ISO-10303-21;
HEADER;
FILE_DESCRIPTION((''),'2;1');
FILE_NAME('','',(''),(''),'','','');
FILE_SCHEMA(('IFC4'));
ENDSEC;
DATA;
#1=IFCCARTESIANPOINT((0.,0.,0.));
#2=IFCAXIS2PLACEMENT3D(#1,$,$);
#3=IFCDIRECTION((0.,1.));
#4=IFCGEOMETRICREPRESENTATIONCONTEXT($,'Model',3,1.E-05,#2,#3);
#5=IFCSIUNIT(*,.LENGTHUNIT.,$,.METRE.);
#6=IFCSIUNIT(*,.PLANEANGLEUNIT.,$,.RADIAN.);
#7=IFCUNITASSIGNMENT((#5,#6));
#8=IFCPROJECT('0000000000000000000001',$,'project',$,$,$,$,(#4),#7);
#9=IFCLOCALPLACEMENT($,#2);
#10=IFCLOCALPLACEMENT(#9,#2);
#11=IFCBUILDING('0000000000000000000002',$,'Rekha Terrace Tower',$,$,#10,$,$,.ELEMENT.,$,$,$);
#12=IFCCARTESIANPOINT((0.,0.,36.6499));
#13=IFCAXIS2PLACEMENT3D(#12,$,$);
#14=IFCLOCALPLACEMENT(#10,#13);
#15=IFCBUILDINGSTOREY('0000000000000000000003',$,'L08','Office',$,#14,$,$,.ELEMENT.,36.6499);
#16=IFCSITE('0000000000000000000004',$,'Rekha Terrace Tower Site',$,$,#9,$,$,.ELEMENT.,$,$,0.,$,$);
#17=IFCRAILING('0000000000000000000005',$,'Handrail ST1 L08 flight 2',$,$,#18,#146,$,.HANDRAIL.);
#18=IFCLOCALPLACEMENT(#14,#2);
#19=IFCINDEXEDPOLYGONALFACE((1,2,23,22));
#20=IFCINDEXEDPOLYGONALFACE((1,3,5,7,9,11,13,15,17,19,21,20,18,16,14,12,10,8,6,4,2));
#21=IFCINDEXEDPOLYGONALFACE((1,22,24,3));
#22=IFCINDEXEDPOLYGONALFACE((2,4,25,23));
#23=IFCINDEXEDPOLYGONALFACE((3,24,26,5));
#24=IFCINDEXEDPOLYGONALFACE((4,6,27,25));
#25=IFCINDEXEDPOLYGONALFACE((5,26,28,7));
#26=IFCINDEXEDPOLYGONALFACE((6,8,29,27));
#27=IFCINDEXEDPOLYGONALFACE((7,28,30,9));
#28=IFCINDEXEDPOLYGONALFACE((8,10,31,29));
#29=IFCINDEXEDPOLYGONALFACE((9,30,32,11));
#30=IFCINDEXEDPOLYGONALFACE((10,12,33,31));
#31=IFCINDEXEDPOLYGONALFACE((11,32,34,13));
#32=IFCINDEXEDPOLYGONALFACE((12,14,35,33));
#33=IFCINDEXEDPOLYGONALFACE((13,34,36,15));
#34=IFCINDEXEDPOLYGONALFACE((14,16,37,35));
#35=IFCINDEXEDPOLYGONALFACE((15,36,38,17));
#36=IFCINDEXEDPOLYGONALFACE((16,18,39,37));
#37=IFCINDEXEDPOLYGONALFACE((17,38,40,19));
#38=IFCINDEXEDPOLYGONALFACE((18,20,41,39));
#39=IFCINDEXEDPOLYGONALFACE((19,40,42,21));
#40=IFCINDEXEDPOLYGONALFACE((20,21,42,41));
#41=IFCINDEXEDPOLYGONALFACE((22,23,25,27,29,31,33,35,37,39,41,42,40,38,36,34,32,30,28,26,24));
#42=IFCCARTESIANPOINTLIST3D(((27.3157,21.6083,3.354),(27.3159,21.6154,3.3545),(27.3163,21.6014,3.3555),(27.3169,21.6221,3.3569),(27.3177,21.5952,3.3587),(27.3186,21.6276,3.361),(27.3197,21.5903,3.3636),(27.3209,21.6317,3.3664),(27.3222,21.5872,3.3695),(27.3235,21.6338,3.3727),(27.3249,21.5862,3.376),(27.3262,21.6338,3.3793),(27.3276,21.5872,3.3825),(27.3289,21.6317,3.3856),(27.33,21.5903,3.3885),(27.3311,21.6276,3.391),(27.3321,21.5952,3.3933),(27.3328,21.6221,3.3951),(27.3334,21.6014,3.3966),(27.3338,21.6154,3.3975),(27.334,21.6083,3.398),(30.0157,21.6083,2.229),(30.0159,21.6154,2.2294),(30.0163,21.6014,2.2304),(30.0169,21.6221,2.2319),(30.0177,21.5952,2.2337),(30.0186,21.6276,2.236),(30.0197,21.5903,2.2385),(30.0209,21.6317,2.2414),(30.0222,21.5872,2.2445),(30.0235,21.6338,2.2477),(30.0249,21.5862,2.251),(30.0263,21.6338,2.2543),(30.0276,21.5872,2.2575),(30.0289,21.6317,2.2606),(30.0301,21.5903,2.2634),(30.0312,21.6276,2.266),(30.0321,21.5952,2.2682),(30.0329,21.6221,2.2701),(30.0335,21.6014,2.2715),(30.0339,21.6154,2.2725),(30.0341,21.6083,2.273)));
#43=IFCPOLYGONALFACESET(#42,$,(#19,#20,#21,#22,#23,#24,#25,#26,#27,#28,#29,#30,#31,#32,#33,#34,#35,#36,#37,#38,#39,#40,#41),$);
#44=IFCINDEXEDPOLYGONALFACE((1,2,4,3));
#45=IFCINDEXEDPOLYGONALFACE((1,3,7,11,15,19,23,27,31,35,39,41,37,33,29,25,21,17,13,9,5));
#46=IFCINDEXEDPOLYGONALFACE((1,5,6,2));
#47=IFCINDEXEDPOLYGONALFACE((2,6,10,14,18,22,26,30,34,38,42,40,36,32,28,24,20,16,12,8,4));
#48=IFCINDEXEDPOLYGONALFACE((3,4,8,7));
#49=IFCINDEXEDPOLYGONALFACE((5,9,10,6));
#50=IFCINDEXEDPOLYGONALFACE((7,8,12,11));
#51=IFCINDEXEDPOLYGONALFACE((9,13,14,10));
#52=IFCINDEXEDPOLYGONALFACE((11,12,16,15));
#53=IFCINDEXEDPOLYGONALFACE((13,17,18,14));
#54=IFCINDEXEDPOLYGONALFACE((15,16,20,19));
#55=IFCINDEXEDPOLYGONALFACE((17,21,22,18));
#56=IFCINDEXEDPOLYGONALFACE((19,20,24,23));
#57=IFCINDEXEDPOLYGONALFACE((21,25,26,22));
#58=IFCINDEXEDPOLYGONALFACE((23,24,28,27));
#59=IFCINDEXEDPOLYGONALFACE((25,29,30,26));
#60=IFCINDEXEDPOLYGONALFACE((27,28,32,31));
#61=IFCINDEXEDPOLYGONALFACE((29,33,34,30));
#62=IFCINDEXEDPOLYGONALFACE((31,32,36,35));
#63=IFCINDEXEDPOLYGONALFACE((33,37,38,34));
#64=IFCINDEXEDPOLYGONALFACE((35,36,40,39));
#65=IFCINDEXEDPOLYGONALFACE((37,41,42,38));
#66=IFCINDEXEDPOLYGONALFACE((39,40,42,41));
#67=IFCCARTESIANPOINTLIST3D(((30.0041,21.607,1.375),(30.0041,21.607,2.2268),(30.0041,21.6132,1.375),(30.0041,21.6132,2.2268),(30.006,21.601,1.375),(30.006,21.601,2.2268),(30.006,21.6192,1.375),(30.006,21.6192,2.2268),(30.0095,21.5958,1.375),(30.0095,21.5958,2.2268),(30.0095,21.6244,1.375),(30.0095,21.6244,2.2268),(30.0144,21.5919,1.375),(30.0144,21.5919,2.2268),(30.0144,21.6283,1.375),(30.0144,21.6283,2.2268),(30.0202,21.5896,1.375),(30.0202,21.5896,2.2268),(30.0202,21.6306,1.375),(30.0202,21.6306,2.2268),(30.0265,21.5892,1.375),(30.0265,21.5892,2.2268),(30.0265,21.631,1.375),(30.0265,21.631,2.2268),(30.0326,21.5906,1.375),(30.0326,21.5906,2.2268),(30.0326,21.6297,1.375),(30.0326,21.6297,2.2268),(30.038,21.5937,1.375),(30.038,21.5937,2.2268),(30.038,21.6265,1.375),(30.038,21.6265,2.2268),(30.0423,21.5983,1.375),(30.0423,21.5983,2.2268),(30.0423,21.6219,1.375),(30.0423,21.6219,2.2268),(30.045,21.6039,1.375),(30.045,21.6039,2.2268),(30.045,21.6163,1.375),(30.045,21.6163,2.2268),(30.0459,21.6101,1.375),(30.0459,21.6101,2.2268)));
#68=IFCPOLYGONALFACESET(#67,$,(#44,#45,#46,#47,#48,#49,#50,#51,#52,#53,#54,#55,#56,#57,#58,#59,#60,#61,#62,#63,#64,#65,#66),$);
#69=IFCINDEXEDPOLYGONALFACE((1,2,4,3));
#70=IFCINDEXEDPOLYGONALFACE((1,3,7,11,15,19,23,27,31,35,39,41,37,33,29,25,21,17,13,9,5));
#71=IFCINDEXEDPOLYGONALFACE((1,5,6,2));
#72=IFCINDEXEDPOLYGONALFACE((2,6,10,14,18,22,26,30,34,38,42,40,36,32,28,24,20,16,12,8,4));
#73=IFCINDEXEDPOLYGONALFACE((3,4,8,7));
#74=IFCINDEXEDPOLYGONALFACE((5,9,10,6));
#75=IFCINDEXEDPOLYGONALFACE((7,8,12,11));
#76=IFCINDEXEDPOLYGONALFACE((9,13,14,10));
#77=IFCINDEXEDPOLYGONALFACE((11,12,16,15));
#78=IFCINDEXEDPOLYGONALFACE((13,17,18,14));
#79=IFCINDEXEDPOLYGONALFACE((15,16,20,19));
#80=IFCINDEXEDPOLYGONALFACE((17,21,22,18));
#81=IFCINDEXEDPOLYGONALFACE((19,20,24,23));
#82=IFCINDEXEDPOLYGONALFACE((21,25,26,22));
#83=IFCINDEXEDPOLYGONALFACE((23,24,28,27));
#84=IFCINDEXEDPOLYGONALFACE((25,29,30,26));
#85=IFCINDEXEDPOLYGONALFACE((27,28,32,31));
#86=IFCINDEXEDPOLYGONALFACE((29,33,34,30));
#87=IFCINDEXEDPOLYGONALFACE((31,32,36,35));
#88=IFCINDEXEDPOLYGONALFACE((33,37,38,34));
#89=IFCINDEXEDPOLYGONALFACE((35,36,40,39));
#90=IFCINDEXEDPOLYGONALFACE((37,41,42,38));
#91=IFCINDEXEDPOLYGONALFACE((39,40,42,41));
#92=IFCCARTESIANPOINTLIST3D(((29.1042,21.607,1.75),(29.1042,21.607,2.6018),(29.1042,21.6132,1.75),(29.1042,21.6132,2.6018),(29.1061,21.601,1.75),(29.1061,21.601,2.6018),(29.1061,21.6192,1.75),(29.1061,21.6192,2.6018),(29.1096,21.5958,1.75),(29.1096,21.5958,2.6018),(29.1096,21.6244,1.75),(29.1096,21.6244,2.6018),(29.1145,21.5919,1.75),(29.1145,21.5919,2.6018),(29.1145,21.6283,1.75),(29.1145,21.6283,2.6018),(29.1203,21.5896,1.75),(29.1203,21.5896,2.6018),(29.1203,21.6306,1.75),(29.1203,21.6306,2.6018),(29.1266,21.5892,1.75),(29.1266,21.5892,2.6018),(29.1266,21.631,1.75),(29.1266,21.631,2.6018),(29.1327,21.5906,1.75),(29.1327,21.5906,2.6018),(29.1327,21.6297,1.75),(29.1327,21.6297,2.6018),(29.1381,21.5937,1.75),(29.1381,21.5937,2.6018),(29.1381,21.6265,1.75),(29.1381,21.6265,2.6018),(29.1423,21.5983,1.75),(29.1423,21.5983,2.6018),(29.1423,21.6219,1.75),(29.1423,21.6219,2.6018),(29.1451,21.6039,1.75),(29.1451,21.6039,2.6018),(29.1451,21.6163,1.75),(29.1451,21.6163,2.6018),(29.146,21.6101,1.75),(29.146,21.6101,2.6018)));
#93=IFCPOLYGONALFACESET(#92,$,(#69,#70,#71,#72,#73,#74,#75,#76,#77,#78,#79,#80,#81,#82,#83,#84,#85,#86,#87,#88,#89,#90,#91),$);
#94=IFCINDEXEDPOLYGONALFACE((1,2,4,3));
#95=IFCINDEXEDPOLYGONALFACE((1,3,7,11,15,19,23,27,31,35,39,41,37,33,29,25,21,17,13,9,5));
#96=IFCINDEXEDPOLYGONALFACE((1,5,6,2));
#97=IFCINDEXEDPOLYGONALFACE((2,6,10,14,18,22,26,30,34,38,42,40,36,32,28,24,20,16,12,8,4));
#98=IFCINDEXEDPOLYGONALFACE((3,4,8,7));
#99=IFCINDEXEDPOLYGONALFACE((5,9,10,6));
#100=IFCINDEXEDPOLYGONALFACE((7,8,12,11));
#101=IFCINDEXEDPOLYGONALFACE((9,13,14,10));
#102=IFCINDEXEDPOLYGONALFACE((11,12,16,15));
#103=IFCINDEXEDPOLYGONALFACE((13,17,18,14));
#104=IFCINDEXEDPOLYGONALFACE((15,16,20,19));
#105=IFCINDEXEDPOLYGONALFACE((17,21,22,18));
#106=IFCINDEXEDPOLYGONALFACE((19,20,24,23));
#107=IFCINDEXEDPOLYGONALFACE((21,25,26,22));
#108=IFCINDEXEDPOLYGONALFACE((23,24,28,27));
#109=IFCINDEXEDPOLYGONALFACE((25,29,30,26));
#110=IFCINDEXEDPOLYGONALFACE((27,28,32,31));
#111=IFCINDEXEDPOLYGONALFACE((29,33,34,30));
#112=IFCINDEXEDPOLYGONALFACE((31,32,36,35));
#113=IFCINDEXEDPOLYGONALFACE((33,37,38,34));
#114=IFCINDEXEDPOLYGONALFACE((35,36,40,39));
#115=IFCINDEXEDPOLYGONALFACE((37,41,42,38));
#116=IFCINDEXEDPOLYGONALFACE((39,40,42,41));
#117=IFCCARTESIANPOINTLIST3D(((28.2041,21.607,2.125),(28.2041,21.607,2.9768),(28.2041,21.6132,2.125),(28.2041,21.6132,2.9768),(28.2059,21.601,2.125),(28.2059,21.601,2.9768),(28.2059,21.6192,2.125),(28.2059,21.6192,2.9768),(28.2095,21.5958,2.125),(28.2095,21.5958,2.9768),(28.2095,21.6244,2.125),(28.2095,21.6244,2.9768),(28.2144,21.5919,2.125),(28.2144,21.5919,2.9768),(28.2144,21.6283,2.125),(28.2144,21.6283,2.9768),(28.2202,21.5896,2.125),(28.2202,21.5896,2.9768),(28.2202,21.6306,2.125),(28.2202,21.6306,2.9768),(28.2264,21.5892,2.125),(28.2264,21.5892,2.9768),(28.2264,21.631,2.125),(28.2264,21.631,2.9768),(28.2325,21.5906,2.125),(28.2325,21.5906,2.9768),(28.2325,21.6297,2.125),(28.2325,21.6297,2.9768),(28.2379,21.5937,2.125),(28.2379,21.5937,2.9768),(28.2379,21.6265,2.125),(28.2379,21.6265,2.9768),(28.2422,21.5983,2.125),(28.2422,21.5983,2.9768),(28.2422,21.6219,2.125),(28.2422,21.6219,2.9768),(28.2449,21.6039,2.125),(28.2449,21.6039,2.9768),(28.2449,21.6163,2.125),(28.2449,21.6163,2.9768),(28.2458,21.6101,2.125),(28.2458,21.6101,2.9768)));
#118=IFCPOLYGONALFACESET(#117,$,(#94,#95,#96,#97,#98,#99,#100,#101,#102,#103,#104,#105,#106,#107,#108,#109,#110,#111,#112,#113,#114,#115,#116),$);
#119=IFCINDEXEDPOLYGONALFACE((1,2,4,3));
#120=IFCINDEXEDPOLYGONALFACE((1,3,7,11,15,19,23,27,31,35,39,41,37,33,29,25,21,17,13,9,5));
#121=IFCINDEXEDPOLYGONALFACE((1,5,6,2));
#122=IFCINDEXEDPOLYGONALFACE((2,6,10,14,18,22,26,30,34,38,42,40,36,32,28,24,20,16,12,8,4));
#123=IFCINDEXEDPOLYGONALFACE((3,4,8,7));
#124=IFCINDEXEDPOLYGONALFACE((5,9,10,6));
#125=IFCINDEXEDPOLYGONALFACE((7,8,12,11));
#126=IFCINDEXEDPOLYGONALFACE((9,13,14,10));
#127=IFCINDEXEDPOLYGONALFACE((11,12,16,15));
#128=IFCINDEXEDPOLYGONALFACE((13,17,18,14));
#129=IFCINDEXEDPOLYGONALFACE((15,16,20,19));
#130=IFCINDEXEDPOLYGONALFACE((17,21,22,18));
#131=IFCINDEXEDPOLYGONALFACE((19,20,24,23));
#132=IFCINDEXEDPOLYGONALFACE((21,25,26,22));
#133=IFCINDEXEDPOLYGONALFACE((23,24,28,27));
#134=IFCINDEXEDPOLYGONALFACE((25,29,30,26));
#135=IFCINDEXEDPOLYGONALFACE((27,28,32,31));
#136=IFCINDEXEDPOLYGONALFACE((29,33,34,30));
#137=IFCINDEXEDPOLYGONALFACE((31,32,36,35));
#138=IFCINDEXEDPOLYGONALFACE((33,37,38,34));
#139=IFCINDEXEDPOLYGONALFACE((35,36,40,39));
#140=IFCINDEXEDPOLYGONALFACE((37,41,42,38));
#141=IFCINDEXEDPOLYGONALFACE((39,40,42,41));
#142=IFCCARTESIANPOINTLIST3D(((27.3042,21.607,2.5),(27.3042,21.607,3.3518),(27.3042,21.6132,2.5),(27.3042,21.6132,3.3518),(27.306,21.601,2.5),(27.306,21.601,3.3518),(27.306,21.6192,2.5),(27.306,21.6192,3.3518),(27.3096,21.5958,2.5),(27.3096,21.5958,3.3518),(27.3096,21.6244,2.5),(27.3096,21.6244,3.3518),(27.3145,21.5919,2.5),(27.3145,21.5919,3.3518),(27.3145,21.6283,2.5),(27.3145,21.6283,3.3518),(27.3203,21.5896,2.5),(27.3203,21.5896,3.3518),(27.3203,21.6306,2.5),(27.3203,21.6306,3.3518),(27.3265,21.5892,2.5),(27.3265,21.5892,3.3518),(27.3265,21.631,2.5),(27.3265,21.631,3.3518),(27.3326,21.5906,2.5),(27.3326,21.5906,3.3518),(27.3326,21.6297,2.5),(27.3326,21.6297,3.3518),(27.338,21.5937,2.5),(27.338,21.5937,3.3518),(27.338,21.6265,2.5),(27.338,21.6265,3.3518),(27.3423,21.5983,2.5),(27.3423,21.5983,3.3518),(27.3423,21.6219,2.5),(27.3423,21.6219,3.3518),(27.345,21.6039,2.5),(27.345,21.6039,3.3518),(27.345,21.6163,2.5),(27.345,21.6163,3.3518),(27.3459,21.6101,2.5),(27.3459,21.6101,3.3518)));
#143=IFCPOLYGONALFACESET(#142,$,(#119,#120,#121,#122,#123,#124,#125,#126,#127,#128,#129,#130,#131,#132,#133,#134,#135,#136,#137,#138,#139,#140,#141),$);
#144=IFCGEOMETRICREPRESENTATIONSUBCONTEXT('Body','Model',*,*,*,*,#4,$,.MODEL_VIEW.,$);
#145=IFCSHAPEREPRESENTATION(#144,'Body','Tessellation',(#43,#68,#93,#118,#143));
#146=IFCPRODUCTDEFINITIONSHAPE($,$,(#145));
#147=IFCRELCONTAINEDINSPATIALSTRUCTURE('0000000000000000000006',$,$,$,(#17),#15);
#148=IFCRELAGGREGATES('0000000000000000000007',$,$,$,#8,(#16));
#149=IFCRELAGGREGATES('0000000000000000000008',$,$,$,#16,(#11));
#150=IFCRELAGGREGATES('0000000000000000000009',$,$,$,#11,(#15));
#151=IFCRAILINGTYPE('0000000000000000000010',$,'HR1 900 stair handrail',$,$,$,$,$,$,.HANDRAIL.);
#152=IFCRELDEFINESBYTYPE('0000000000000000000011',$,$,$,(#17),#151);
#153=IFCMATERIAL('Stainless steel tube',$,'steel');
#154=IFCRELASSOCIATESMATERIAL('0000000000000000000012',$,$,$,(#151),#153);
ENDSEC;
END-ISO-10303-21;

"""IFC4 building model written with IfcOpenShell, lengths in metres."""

from ifc_helpers import new_model, si_unit, direction, frame, origin, origin_2d, place, context, subcontext, project, spatial, circle, extrude, material, type_object, element, save


model = new_model("IFC4")

# Units and contexts
model_context = context("Model", 3, precision=1e-05, world=origin(), true_north=direction((0.0, 1.0)))
body_context = subcontext(model_context, "Body", "Model", "MODEL_VIEW")
ifc_project = project(units=[si_unit("LENGTHUNIT", "METRE"), si_unit("PLANEANGLEUNIT", "RADIAN")], contexts=[model_context])

# Site, building, storey
site_placement = place(None, origin())
site = spatial("IfcSite", under=ifc_project, at=site_placement, Name="Rekha Terrace Tower Site", CompositionType="ELEMENT", RefElevation=0.0)
building_placement = place(site_placement, origin())
building = spatial("IfcBuilding", under=site, at=building_placement, Name="Rekha Terrace Tower", CompositionType="ELEMENT")
storey_placement = place(building_placement, frame((0.0, 0.0, 36.6499)))
storey = spatial("IfcBuildingStorey", under=building, at=storey_placement, Name="L08", Description="Office", CompositionType="ELEMENT", Elevation=36.6499)

# Railing
ifc_material_1 = material(Name="Stainless steel tube", Category="steel")
railing_type_1 = type_object("IfcRailingType", Name="HR1 900 stair handrail", PredefinedType="HANDRAIL", material=ifc_material_1)
railing_1_placement = place(storey_placement, frame((30.0249, 21.6101, 1.375)))
element("IfcRailing", 1, at=railing_1_placement, inside=storey, type_object=railing_type_1, Name="Handrail ST1 L08 flight 2", PredefinedType="HANDRAIL", context=body_context, shape_type="SweptSolid", body=[
    extrude(circle(Radius=0.0239, at=origin_2d()), frame((0.0, 0.0, 0.876), z_axis=(-0.923074, 0.0, 0.384621), x_axis=(0.0, -1.0, 0.0)), (0.0, 0.0, 1.0), 2.925),
    extrude(circle(Radius=0.021, at=origin_2d()), origin(), (0.0, 0.0, 1.0), 0.8518),
    extrude(circle(Radius=0.021, at=origin_2d()), frame((-0.8999, 0.0, 0.375)), (0.0, 0.0, 1.0), 0.8518),
    extrude(circle(Radius=0.021, at=origin_2d()), frame((-1.8, 0.0, 0.75)), (0.0, 0.0, 1.0), 0.8518),
    extrude(circle(Radius=0.021, at=origin_2d()), frame((-2.7, 0.0, 1.125)), (0.0, 0.0, 1.0), 0.8518),
])

save(model, "model.ifc")
